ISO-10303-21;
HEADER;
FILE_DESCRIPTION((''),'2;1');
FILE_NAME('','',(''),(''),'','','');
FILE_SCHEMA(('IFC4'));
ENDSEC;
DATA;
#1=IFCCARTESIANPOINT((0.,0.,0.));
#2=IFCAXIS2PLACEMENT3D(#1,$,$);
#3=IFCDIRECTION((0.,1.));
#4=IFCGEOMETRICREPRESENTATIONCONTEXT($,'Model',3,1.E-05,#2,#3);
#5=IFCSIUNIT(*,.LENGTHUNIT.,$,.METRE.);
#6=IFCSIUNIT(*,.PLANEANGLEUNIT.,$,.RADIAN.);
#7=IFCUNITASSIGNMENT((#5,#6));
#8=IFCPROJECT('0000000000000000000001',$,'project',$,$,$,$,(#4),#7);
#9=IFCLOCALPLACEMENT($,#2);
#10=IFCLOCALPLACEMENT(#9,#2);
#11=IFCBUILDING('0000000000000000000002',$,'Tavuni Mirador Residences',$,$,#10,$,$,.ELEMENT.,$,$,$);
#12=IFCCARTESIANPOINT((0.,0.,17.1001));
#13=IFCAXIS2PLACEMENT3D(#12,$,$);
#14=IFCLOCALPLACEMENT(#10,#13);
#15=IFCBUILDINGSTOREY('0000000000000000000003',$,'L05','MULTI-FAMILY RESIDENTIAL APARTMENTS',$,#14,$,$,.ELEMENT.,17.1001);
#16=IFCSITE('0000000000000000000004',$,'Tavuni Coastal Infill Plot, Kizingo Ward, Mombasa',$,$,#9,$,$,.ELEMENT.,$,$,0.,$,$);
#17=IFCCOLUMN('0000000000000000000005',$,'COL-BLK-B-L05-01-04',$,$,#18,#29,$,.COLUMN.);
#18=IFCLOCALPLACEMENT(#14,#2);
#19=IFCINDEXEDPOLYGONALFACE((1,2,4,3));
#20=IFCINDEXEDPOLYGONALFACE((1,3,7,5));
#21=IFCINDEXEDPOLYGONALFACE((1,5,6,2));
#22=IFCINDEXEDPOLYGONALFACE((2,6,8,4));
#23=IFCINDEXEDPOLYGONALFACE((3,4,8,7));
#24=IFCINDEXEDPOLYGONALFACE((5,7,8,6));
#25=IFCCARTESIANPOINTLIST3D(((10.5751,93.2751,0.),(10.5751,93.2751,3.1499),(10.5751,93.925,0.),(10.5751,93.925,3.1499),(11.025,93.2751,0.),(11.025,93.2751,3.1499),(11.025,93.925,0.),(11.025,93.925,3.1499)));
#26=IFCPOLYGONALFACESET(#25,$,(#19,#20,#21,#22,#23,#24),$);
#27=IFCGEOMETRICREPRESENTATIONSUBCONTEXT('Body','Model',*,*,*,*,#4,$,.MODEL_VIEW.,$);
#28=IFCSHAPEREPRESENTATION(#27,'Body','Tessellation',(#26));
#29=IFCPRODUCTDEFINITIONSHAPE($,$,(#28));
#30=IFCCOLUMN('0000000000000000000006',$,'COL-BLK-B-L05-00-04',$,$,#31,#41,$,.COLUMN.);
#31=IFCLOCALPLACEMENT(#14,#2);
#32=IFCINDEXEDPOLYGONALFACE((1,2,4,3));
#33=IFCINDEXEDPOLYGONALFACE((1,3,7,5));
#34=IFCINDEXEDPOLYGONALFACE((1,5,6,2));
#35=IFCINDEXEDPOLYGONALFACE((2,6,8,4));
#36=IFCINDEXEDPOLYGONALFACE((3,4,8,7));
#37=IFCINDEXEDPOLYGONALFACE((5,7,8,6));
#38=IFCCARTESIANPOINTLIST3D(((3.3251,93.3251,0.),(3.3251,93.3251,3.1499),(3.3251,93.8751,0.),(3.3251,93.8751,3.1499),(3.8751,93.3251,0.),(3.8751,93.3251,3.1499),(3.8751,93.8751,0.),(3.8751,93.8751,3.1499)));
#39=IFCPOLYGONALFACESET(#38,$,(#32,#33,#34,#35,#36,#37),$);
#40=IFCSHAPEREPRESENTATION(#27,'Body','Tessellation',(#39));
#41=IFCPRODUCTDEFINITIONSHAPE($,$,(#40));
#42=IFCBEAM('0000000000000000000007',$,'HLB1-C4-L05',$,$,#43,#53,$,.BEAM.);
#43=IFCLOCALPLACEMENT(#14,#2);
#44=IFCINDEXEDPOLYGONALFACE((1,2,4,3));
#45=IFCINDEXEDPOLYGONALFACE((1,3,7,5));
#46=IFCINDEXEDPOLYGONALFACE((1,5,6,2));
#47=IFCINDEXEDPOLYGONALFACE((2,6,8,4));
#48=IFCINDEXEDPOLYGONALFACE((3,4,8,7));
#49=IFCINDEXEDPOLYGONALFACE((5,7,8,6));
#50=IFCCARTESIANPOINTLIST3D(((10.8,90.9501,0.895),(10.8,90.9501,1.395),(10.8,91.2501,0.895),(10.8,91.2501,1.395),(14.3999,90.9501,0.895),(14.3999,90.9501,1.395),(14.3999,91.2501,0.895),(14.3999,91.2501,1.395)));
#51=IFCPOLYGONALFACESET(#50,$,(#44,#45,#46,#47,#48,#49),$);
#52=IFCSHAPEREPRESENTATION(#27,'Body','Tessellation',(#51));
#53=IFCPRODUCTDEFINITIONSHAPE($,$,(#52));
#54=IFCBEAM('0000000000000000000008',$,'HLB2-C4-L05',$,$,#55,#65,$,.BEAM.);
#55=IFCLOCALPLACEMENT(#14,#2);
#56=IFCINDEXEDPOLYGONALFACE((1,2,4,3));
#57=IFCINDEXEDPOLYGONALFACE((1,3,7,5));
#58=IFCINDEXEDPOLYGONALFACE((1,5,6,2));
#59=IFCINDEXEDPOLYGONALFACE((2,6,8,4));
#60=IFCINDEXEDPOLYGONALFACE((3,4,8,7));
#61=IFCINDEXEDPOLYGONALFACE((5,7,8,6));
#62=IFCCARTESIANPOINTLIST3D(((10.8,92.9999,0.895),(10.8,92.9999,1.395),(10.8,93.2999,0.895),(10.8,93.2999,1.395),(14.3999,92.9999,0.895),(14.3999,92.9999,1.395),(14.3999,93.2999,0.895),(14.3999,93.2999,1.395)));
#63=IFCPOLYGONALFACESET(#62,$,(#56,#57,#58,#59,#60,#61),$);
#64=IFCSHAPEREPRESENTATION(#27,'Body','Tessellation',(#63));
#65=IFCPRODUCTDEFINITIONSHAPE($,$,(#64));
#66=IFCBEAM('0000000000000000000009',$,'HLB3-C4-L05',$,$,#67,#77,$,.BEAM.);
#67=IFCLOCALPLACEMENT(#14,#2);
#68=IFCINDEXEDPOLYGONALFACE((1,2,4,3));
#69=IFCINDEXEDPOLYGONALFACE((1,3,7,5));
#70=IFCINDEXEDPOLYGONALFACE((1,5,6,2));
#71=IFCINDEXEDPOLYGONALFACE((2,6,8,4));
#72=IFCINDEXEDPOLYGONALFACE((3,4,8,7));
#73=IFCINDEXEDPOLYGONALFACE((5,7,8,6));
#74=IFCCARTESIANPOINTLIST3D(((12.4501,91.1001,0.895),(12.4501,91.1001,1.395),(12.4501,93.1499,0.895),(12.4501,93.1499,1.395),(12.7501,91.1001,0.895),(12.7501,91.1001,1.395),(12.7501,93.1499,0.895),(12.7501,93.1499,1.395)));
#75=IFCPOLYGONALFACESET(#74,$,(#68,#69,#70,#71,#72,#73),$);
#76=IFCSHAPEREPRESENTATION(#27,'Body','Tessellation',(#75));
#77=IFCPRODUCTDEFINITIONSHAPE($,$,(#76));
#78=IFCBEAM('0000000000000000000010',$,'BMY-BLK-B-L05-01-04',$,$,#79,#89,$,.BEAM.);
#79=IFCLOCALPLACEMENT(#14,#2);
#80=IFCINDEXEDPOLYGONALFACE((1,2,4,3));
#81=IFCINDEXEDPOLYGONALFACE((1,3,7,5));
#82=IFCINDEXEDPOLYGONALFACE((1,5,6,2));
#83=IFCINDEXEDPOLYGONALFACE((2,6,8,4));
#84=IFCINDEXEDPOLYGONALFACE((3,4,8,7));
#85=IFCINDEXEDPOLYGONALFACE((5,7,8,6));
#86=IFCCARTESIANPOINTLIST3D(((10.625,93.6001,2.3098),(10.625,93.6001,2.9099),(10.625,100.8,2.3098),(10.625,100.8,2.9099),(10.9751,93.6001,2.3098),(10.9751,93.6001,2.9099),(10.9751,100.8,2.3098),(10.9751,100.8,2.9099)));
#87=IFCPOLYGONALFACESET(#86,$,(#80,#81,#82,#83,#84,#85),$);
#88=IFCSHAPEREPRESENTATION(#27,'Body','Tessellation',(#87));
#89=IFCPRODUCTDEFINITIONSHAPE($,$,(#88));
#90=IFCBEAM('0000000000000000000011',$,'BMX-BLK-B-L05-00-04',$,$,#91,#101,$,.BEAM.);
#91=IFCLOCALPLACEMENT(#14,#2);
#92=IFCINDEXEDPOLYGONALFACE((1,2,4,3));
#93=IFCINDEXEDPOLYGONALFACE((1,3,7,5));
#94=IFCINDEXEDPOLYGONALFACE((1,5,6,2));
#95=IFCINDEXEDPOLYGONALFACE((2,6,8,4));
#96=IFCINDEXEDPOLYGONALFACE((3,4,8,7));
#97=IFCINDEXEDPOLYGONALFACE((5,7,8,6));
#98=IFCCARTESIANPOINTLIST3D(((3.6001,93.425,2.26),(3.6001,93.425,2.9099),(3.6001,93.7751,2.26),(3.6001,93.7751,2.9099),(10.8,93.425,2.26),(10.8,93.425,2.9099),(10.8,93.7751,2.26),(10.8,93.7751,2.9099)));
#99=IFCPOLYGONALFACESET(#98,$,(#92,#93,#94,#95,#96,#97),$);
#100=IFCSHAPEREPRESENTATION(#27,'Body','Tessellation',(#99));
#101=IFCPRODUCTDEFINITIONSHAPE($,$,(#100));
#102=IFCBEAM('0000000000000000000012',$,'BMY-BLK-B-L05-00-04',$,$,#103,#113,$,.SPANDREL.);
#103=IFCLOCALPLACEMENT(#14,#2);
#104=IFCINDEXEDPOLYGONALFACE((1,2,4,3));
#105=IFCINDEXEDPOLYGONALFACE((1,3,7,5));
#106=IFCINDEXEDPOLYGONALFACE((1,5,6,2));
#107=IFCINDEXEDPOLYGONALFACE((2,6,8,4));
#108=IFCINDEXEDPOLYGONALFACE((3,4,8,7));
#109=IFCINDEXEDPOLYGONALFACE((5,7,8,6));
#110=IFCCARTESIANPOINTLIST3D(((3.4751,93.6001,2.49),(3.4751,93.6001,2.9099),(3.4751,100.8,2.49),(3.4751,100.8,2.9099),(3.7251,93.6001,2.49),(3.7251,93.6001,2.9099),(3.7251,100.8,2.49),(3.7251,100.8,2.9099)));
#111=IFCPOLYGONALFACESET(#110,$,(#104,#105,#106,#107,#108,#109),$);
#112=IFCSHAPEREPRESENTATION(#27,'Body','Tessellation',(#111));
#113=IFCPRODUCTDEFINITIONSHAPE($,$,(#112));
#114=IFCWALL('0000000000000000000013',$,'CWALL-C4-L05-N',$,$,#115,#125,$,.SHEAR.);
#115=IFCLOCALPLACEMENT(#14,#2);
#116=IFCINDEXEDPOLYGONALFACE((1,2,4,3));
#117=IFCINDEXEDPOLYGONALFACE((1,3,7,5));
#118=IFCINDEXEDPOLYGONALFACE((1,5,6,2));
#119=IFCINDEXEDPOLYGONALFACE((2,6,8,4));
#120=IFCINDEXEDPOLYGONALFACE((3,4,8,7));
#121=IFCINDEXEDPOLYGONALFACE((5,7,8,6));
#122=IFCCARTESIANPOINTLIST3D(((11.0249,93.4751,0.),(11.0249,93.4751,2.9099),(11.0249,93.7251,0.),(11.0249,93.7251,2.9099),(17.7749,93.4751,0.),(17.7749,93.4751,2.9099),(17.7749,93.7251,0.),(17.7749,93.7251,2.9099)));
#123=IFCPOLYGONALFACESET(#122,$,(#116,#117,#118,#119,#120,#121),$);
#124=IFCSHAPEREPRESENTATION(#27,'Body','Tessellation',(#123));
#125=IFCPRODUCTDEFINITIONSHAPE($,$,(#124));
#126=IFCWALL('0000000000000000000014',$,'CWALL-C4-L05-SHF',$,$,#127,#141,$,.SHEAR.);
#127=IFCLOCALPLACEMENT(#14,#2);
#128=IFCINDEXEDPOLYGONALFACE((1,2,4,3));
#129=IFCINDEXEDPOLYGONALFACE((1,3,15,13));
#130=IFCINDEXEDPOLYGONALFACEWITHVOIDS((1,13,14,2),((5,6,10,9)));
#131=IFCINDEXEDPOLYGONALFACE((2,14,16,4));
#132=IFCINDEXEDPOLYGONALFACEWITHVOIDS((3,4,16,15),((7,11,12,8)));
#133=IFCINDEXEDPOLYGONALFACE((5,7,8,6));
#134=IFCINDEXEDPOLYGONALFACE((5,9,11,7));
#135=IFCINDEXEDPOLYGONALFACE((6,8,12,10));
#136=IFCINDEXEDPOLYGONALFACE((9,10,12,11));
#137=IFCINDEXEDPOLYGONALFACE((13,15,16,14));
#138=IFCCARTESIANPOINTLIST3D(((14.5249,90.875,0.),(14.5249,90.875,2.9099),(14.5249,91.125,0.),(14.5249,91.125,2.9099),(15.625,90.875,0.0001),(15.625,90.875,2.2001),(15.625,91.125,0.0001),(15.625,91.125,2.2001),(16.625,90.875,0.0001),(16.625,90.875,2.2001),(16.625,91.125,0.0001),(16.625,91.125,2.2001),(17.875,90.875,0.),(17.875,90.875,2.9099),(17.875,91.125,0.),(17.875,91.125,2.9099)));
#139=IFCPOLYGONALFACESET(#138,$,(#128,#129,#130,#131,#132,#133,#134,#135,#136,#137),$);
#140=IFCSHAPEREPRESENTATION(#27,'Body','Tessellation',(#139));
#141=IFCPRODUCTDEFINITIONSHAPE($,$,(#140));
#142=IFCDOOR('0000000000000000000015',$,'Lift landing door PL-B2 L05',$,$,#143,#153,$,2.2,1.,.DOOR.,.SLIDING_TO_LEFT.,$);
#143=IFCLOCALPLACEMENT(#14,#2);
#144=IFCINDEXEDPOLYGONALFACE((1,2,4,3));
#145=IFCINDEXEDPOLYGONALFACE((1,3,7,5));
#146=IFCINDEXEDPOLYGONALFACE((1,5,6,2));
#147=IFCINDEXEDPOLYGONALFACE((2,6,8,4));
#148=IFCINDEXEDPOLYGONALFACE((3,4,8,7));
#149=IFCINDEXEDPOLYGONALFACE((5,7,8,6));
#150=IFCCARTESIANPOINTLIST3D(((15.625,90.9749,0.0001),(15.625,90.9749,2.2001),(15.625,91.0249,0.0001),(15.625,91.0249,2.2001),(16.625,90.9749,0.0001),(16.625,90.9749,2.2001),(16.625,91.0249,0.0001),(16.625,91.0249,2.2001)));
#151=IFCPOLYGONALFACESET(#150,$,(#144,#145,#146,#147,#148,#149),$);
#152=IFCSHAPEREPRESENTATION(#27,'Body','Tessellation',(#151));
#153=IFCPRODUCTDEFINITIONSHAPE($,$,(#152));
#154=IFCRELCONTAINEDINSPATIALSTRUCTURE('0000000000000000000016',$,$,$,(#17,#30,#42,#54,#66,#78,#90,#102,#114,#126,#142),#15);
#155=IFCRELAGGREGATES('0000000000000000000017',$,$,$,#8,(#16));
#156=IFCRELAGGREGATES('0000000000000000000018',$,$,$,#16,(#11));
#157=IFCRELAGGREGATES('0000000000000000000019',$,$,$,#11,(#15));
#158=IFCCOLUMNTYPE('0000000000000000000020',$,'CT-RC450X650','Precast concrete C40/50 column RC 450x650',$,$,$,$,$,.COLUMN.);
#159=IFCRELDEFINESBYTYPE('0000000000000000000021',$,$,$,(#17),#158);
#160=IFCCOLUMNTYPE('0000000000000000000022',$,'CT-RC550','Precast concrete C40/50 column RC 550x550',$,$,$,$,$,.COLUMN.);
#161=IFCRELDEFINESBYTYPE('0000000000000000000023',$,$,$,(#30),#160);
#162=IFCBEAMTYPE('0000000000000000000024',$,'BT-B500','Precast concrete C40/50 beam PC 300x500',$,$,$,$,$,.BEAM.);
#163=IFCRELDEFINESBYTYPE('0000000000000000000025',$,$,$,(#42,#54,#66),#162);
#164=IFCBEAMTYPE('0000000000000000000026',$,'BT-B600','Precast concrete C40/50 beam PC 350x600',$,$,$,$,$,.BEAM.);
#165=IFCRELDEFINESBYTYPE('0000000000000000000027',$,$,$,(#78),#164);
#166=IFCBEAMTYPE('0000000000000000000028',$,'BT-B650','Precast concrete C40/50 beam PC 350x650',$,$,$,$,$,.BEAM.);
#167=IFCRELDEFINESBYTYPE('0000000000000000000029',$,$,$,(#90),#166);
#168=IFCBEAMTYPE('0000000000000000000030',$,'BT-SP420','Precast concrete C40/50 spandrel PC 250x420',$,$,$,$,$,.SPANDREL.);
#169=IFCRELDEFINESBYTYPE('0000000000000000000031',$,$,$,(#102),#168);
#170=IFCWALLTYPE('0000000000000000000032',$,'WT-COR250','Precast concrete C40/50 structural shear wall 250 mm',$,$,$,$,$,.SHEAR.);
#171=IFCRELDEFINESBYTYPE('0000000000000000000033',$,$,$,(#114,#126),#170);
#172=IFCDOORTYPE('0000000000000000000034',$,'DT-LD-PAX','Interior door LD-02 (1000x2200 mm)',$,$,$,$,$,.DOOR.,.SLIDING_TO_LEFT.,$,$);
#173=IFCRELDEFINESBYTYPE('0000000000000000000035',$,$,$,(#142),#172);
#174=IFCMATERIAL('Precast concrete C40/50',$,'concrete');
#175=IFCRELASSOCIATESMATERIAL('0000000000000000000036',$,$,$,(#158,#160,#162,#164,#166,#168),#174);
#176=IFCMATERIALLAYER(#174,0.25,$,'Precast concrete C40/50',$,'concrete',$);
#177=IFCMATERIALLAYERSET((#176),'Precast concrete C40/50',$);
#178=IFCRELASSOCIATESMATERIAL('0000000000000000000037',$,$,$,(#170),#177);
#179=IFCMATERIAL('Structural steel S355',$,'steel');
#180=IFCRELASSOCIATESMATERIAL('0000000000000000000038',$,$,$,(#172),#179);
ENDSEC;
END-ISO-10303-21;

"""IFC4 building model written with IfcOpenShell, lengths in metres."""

from ifc_helpers import new_model, si_unit, direction, frame, frame_2d, origin, origin_2d, place, context, subcontext, project, spatial, rectangle, extrude, material, layer, layer_set, material_profile, profile_set, type_object, element, fill, save


model = new_model("IFC4")

# Units and contexts
model_context = context("Model", 3, precision=1e-05, world=origin(), true_north=direction((0.0, 1.0)))
body_context = subcontext(model_context, "Body", "Model", "MODEL_VIEW")
ifc_project = project(units=[si_unit("LENGTHUNIT", "METRE"), si_unit("PLANEANGLEUNIT", "RADIAN")], contexts=[model_context])

# Site, building, storey
site_placement = place(None, origin())
site = spatial("IfcSite", under=ifc_project, at=site_placement, Name="Tavuni Coastal Infill Plot, Kizingo Ward, Mombasa", CompositionType="ELEMENT", RefElevation=0.0)
building_placement = place(site_placement, origin())
building = spatial("IfcBuilding", under=site, at=building_placement, Name="Tavuni Mirador Residences", CompositionType="ELEMENT")
storey_placement = place(building_placement, frame((0.0, 0.0, 17.1001)))
storey = spatial("IfcBuildingStorey", under=building, at=storey_placement, Name="L05", Description="MULTI-FAMILY RESIDENTIAL APARTMENTS", CompositionType="ELEMENT", Elevation=17.1001)

# Columns
ifc_material_1 = material(Name="Precast concrete C40/50", Category="concrete")
ifc_material_profile_1 = material_profile(ifc_material_1, rectangle(XDim=0.45, YDim=0.6499, at=origin_2d()), Name="RC 450x650", Category="concrete")
ifc_profile_set_1 = profile_set([ifc_material_profile_1], Name="Precast concrete C40/50")
column_type_1 = type_object("IfcColumnType", Name="CT-RC450X650", Description="Precast concrete C40/50 column RC 450x650", PredefinedType="COLUMN", material=ifc_profile_set_1)
column_1_placement = place(storey_placement, frame((10.8, 93.6001, 0.0), z_axis=(0.0, 0.0, 1.0), x_axis=(1.0, 0.0, 0.0)))
element("IfcColumn", 1, at=column_1_placement, inside=storey, type_object=column_type_1, Name="COL-BLK-B-L05-01-04", PredefinedType="COLUMN", context=body_context, shape_type="SweptSolid", body=[
    extrude(rectangle(XDim=0.45, YDim=0.6499, at=origin_2d()), origin(), (0.0, 0.0, 1.0), 3.1499),
])
ifc_material_profile_2 = material_profile(ifc_material_1, rectangle(XDim=0.55, YDim=0.55, at=origin_2d()), Name="RC 550x550", Category="concrete")
ifc_profile_set_2 = profile_set([ifc_material_profile_2], Name="Precast concrete C40/50")
column_type_2 = type_object("IfcColumnType", Name="CT-RC550", Description="Precast concrete C40/50 column RC 550x550", PredefinedType="COLUMN", material=ifc_profile_set_2)
column_2_placement = place(storey_placement, frame((3.6001, 93.6001, 0.0), z_axis=(0.0, 0.0, 1.0), x_axis=(1.0, 0.0, 0.0)))
element("IfcColumn", 2, at=column_2_placement, inside=storey, type_object=column_type_2, Name="COL-BLK-B-L05-00-04", PredefinedType="COLUMN", context=body_context, shape_type="SweptSolid", body=[
    extrude(rectangle(XDim=0.55, YDim=0.55, at=origin_2d()), origin(), (0.0, 0.0, 1.0), 3.1499),
])

# Beams
ifc_material_profile_3 = material_profile(ifc_material_1, rectangle(XDim=0.3, YDim=0.5, at=origin_2d()), Name="PC 300x500", Category="concrete")
ifc_profile_set_3 = profile_set([ifc_material_profile_3], Name="Precast concrete C40/50")
beam_type_1 = type_object("IfcBeamType", Name="BT-B500", Description="Precast concrete C40/50 beam PC 300x500", PredefinedType="BEAM", material=ifc_profile_set_3)
for number, where, z_axis, x_axis, name in (
    (3, (10.8, 91.1001, 1.145), (1.0, 0.0, 0.0), (0.0, 1.0, 0.0), "HLB1-C4-L05"),
    (4, (10.8, 93.1499, 1.145), (1.0, 0.0, 0.0), (0.0, 1.0, 0.0), "HLB2-C4-L05"),
):
    element("IfcBeam", number, at=place(storey_placement, frame(where, z_axis=z_axis, x_axis=x_axis)), inside=storey, type_object=beam_type_1, Name=name, PredefinedType="BEAM", context=body_context, shape_type="SweptSolid", body=[
        extrude(rectangle(XDim=0.3, YDim=0.5, at=origin_2d()), origin(), (0.0, 0.0, 1.0), 3.5999),
    ])
beam_1_placement = place(storey_placement, frame((12.6001, 91.1001, 1.145), z_axis=(0.0, 1.0, 0.0), x_axis=(-1.0, 0.0, 0.0)))
element("IfcBeam", 5, at=beam_1_placement, inside=storey, type_object=beam_type_1, Name="HLB3-C4-L05", PredefinedType="BEAM", context=body_context, shape_type="SweptSolid", body=[
    extrude(rectangle(XDim=0.3, YDim=0.5, at=origin_2d()), origin(), (0.0, 0.0, 1.0), 2.0498),
])
ifc_material_profile_4 = material_profile(ifc_material_1, rectangle(XDim=0.3501, YDim=0.6001, at=origin_2d()), Name="PC 350x600", Category="concrete")
ifc_profile_set_4 = profile_set([ifc_material_profile_4], Name="Precast concrete C40/50")
beam_type_2 = type_object("IfcBeamType", Name="BT-B600", Description="Precast concrete C40/50 beam PC 350x600", PredefinedType="BEAM", material=ifc_profile_set_4)
beam_2_placement = place(storey_placement, frame((10.8, 93.6001, 2.6099), z_axis=(0.0, 1.0, 0.0), x_axis=(-1.0, 0.0, 0.0)))
element("IfcBeam", 6, at=beam_2_placement, inside=storey, type_object=beam_type_2, Name="BMY-BLK-B-L05-01-04", PredefinedType="BEAM", context=body_context, shape_type="SweptSolid", body=[
    extrude(rectangle(XDim=0.3501, YDim=0.6001, at=origin_2d()), origin(), (0.0, 0.0, 1.0), 7.2),
])
ifc_material_profile_5 = material_profile(ifc_material_1, rectangle(XDim=0.3501, YDim=0.6499, at=origin_2d()), Name="PC 350x650", Category="concrete")
ifc_profile_set_5 = profile_set([ifc_material_profile_5], Name="Precast concrete C40/50")
beam_type_3 = type_object("IfcBeamType", Name="BT-B650", Description="Precast concrete C40/50 beam PC 350x650", PredefinedType="BEAM", material=ifc_profile_set_5)
beam_3_placement = place(storey_placement, frame((3.6001, 93.6001, 2.585), z_axis=(1.0, 0.0, 0.0), x_axis=(0.0, 1.0, 0.0)))
element("IfcBeam", 7, at=beam_3_placement, inside=storey, type_object=beam_type_3, Name="BMX-BLK-B-L05-00-04", PredefinedType="BEAM", context=body_context, shape_type="SweptSolid", body=[
    extrude(rectangle(XDim=0.3501, YDim=0.6499, at=origin_2d()), origin(), (0.0, 0.0, 1.0), 7.2),
])
ifc_material_profile_6 = material_profile(ifc_material_1, rectangle(XDim=0.25, YDim=0.4199, at=origin_2d()), Name="PC 250x420", Category="concrete")
ifc_profile_set_6 = profile_set([ifc_material_profile_6], Name="Precast concrete C40/50")
beam_type_4 = type_object("IfcBeamType", Name="BT-SP420", Description="Precast concrete C40/50 spandrel PC 250x420", PredefinedType="SPANDREL", material=ifc_profile_set_6)
beam_4_placement = place(storey_placement, frame((3.6001, 93.6001, 2.7), z_axis=(0.0, 1.0, 0.0), x_axis=(-1.0, 0.0, 0.0)))
element("IfcBeam", 8, at=beam_4_placement, inside=storey, type_object=beam_type_4, Name="BMY-BLK-B-L05-00-04", PredefinedType="SPANDREL", context=body_context, shape_type="SweptSolid", body=[
    extrude(rectangle(XDim=0.25, YDim=0.4199, at=origin_2d()), origin(), (0.0, 0.0, 1.0), 7.2),
])

# Wall
ifc_layer_1 = layer(ifc_material_1, 0.25, Name="Precast concrete C40/50", Category="concrete")
ifc_layer_set_1 = layer_set([ifc_layer_1], Name="Precast concrete C40/50")
wall_type_1 = type_object("IfcWallType", Name="WT-COR250", Description="Precast concrete C40/50 structural shear wall 250 mm", PredefinedType="SHEAR", material=ifc_layer_set_1)
wall_1_placement = place(storey_placement, frame((11.0249, 93.6001, 0.0), z_axis=(0.0, 0.0, 1.0), x_axis=(1.0, 0.0, 0.0)))
element("IfcWall", 9, at=wall_1_placement, inside=storey, type_object=wall_type_1, Name="CWALL-C4-L05-N", PredefinedType="SHEAR", context=body_context, shape_type="SweptSolid", body=[
    extrude(rectangle(XDim=6.75, YDim=0.25, at=frame_2d((3.375, 0.0))), origin(), (0.0, 0.0, 1.0), 2.9099),
])

# Wall, opening, door
wall_2_placement = place(storey_placement, frame((14.5249, 91.0, 0.0), z_axis=(0.0, 0.0, 1.0), x_axis=(1.0, 0.0, 0.0)))
wall_2 = element("IfcWall", 10, at=wall_2_placement, inside=storey, type_object=wall_type_1, Name="CWALL-C4-L05-SHF", PredefinedType="SHEAR", context=body_context, shape_type="SweptSolid", body=[
    extrude(rectangle(XDim=3.3501, YDim=0.25, at=frame_2d((1.675, 0.0))), origin(), (0.0, 0.0, 1.0), 2.9099),
])
opening_1_placement = place(wall_2_placement, frame((1.1001, 0.0, 0.0)))
opening_1 = element("IfcOpeningElement", 11, at=opening_1_placement, cuts=wall_2, PredefinedType="OPENING", context=body_context, shape_type="SweptSolid", body=[
    extrude(rectangle(XDim=1.0, YDim=2.2, at=frame_2d((0.5, 1.1001))), frame((0.0, 0.135, 0.0), z_axis=(0.0, -1.0, 0.0), x_axis=(1.0, 0.0, 0.0)), (0.0, 0.0, 1.0), 0.27),
])
ifc_material_2 = material(Name="Structural steel S355", Category="steel")
door_type_1 = type_object("IfcDoorType", Name="DT-LD-PAX", Description="Interior door LD-02 (1000x2200 mm)", OperationType="SLIDING_TO_LEFT", PredefinedType="DOOR", material=ifc_material_2)
door_1_placement = place(opening_1_placement, origin())
door_1 = element("IfcDoor", 12, at=door_1_placement, inside=storey, type_object=door_type_1, Name="Lift landing door PL-B2 L05", OperationType="SLIDING_TO_LEFT", OverallHeight=2.2, OverallWidth=1.0, PredefinedType="DOOR", context=body_context, shape_type="SweptSolid", body=[
    extrude(rectangle(XDim=1.0, YDim=2.2, at=frame_2d((0.5, 1.1001))), frame((0.0, 0.0249, 0.0), z_axis=(0.0, -1.0, 0.0), x_axis=(1.0, 0.0, 0.0)), (0.0, 0.0, 1.0), 0.05),
])
fill(opening_1, door_1)

save(model, "model.ifc")
